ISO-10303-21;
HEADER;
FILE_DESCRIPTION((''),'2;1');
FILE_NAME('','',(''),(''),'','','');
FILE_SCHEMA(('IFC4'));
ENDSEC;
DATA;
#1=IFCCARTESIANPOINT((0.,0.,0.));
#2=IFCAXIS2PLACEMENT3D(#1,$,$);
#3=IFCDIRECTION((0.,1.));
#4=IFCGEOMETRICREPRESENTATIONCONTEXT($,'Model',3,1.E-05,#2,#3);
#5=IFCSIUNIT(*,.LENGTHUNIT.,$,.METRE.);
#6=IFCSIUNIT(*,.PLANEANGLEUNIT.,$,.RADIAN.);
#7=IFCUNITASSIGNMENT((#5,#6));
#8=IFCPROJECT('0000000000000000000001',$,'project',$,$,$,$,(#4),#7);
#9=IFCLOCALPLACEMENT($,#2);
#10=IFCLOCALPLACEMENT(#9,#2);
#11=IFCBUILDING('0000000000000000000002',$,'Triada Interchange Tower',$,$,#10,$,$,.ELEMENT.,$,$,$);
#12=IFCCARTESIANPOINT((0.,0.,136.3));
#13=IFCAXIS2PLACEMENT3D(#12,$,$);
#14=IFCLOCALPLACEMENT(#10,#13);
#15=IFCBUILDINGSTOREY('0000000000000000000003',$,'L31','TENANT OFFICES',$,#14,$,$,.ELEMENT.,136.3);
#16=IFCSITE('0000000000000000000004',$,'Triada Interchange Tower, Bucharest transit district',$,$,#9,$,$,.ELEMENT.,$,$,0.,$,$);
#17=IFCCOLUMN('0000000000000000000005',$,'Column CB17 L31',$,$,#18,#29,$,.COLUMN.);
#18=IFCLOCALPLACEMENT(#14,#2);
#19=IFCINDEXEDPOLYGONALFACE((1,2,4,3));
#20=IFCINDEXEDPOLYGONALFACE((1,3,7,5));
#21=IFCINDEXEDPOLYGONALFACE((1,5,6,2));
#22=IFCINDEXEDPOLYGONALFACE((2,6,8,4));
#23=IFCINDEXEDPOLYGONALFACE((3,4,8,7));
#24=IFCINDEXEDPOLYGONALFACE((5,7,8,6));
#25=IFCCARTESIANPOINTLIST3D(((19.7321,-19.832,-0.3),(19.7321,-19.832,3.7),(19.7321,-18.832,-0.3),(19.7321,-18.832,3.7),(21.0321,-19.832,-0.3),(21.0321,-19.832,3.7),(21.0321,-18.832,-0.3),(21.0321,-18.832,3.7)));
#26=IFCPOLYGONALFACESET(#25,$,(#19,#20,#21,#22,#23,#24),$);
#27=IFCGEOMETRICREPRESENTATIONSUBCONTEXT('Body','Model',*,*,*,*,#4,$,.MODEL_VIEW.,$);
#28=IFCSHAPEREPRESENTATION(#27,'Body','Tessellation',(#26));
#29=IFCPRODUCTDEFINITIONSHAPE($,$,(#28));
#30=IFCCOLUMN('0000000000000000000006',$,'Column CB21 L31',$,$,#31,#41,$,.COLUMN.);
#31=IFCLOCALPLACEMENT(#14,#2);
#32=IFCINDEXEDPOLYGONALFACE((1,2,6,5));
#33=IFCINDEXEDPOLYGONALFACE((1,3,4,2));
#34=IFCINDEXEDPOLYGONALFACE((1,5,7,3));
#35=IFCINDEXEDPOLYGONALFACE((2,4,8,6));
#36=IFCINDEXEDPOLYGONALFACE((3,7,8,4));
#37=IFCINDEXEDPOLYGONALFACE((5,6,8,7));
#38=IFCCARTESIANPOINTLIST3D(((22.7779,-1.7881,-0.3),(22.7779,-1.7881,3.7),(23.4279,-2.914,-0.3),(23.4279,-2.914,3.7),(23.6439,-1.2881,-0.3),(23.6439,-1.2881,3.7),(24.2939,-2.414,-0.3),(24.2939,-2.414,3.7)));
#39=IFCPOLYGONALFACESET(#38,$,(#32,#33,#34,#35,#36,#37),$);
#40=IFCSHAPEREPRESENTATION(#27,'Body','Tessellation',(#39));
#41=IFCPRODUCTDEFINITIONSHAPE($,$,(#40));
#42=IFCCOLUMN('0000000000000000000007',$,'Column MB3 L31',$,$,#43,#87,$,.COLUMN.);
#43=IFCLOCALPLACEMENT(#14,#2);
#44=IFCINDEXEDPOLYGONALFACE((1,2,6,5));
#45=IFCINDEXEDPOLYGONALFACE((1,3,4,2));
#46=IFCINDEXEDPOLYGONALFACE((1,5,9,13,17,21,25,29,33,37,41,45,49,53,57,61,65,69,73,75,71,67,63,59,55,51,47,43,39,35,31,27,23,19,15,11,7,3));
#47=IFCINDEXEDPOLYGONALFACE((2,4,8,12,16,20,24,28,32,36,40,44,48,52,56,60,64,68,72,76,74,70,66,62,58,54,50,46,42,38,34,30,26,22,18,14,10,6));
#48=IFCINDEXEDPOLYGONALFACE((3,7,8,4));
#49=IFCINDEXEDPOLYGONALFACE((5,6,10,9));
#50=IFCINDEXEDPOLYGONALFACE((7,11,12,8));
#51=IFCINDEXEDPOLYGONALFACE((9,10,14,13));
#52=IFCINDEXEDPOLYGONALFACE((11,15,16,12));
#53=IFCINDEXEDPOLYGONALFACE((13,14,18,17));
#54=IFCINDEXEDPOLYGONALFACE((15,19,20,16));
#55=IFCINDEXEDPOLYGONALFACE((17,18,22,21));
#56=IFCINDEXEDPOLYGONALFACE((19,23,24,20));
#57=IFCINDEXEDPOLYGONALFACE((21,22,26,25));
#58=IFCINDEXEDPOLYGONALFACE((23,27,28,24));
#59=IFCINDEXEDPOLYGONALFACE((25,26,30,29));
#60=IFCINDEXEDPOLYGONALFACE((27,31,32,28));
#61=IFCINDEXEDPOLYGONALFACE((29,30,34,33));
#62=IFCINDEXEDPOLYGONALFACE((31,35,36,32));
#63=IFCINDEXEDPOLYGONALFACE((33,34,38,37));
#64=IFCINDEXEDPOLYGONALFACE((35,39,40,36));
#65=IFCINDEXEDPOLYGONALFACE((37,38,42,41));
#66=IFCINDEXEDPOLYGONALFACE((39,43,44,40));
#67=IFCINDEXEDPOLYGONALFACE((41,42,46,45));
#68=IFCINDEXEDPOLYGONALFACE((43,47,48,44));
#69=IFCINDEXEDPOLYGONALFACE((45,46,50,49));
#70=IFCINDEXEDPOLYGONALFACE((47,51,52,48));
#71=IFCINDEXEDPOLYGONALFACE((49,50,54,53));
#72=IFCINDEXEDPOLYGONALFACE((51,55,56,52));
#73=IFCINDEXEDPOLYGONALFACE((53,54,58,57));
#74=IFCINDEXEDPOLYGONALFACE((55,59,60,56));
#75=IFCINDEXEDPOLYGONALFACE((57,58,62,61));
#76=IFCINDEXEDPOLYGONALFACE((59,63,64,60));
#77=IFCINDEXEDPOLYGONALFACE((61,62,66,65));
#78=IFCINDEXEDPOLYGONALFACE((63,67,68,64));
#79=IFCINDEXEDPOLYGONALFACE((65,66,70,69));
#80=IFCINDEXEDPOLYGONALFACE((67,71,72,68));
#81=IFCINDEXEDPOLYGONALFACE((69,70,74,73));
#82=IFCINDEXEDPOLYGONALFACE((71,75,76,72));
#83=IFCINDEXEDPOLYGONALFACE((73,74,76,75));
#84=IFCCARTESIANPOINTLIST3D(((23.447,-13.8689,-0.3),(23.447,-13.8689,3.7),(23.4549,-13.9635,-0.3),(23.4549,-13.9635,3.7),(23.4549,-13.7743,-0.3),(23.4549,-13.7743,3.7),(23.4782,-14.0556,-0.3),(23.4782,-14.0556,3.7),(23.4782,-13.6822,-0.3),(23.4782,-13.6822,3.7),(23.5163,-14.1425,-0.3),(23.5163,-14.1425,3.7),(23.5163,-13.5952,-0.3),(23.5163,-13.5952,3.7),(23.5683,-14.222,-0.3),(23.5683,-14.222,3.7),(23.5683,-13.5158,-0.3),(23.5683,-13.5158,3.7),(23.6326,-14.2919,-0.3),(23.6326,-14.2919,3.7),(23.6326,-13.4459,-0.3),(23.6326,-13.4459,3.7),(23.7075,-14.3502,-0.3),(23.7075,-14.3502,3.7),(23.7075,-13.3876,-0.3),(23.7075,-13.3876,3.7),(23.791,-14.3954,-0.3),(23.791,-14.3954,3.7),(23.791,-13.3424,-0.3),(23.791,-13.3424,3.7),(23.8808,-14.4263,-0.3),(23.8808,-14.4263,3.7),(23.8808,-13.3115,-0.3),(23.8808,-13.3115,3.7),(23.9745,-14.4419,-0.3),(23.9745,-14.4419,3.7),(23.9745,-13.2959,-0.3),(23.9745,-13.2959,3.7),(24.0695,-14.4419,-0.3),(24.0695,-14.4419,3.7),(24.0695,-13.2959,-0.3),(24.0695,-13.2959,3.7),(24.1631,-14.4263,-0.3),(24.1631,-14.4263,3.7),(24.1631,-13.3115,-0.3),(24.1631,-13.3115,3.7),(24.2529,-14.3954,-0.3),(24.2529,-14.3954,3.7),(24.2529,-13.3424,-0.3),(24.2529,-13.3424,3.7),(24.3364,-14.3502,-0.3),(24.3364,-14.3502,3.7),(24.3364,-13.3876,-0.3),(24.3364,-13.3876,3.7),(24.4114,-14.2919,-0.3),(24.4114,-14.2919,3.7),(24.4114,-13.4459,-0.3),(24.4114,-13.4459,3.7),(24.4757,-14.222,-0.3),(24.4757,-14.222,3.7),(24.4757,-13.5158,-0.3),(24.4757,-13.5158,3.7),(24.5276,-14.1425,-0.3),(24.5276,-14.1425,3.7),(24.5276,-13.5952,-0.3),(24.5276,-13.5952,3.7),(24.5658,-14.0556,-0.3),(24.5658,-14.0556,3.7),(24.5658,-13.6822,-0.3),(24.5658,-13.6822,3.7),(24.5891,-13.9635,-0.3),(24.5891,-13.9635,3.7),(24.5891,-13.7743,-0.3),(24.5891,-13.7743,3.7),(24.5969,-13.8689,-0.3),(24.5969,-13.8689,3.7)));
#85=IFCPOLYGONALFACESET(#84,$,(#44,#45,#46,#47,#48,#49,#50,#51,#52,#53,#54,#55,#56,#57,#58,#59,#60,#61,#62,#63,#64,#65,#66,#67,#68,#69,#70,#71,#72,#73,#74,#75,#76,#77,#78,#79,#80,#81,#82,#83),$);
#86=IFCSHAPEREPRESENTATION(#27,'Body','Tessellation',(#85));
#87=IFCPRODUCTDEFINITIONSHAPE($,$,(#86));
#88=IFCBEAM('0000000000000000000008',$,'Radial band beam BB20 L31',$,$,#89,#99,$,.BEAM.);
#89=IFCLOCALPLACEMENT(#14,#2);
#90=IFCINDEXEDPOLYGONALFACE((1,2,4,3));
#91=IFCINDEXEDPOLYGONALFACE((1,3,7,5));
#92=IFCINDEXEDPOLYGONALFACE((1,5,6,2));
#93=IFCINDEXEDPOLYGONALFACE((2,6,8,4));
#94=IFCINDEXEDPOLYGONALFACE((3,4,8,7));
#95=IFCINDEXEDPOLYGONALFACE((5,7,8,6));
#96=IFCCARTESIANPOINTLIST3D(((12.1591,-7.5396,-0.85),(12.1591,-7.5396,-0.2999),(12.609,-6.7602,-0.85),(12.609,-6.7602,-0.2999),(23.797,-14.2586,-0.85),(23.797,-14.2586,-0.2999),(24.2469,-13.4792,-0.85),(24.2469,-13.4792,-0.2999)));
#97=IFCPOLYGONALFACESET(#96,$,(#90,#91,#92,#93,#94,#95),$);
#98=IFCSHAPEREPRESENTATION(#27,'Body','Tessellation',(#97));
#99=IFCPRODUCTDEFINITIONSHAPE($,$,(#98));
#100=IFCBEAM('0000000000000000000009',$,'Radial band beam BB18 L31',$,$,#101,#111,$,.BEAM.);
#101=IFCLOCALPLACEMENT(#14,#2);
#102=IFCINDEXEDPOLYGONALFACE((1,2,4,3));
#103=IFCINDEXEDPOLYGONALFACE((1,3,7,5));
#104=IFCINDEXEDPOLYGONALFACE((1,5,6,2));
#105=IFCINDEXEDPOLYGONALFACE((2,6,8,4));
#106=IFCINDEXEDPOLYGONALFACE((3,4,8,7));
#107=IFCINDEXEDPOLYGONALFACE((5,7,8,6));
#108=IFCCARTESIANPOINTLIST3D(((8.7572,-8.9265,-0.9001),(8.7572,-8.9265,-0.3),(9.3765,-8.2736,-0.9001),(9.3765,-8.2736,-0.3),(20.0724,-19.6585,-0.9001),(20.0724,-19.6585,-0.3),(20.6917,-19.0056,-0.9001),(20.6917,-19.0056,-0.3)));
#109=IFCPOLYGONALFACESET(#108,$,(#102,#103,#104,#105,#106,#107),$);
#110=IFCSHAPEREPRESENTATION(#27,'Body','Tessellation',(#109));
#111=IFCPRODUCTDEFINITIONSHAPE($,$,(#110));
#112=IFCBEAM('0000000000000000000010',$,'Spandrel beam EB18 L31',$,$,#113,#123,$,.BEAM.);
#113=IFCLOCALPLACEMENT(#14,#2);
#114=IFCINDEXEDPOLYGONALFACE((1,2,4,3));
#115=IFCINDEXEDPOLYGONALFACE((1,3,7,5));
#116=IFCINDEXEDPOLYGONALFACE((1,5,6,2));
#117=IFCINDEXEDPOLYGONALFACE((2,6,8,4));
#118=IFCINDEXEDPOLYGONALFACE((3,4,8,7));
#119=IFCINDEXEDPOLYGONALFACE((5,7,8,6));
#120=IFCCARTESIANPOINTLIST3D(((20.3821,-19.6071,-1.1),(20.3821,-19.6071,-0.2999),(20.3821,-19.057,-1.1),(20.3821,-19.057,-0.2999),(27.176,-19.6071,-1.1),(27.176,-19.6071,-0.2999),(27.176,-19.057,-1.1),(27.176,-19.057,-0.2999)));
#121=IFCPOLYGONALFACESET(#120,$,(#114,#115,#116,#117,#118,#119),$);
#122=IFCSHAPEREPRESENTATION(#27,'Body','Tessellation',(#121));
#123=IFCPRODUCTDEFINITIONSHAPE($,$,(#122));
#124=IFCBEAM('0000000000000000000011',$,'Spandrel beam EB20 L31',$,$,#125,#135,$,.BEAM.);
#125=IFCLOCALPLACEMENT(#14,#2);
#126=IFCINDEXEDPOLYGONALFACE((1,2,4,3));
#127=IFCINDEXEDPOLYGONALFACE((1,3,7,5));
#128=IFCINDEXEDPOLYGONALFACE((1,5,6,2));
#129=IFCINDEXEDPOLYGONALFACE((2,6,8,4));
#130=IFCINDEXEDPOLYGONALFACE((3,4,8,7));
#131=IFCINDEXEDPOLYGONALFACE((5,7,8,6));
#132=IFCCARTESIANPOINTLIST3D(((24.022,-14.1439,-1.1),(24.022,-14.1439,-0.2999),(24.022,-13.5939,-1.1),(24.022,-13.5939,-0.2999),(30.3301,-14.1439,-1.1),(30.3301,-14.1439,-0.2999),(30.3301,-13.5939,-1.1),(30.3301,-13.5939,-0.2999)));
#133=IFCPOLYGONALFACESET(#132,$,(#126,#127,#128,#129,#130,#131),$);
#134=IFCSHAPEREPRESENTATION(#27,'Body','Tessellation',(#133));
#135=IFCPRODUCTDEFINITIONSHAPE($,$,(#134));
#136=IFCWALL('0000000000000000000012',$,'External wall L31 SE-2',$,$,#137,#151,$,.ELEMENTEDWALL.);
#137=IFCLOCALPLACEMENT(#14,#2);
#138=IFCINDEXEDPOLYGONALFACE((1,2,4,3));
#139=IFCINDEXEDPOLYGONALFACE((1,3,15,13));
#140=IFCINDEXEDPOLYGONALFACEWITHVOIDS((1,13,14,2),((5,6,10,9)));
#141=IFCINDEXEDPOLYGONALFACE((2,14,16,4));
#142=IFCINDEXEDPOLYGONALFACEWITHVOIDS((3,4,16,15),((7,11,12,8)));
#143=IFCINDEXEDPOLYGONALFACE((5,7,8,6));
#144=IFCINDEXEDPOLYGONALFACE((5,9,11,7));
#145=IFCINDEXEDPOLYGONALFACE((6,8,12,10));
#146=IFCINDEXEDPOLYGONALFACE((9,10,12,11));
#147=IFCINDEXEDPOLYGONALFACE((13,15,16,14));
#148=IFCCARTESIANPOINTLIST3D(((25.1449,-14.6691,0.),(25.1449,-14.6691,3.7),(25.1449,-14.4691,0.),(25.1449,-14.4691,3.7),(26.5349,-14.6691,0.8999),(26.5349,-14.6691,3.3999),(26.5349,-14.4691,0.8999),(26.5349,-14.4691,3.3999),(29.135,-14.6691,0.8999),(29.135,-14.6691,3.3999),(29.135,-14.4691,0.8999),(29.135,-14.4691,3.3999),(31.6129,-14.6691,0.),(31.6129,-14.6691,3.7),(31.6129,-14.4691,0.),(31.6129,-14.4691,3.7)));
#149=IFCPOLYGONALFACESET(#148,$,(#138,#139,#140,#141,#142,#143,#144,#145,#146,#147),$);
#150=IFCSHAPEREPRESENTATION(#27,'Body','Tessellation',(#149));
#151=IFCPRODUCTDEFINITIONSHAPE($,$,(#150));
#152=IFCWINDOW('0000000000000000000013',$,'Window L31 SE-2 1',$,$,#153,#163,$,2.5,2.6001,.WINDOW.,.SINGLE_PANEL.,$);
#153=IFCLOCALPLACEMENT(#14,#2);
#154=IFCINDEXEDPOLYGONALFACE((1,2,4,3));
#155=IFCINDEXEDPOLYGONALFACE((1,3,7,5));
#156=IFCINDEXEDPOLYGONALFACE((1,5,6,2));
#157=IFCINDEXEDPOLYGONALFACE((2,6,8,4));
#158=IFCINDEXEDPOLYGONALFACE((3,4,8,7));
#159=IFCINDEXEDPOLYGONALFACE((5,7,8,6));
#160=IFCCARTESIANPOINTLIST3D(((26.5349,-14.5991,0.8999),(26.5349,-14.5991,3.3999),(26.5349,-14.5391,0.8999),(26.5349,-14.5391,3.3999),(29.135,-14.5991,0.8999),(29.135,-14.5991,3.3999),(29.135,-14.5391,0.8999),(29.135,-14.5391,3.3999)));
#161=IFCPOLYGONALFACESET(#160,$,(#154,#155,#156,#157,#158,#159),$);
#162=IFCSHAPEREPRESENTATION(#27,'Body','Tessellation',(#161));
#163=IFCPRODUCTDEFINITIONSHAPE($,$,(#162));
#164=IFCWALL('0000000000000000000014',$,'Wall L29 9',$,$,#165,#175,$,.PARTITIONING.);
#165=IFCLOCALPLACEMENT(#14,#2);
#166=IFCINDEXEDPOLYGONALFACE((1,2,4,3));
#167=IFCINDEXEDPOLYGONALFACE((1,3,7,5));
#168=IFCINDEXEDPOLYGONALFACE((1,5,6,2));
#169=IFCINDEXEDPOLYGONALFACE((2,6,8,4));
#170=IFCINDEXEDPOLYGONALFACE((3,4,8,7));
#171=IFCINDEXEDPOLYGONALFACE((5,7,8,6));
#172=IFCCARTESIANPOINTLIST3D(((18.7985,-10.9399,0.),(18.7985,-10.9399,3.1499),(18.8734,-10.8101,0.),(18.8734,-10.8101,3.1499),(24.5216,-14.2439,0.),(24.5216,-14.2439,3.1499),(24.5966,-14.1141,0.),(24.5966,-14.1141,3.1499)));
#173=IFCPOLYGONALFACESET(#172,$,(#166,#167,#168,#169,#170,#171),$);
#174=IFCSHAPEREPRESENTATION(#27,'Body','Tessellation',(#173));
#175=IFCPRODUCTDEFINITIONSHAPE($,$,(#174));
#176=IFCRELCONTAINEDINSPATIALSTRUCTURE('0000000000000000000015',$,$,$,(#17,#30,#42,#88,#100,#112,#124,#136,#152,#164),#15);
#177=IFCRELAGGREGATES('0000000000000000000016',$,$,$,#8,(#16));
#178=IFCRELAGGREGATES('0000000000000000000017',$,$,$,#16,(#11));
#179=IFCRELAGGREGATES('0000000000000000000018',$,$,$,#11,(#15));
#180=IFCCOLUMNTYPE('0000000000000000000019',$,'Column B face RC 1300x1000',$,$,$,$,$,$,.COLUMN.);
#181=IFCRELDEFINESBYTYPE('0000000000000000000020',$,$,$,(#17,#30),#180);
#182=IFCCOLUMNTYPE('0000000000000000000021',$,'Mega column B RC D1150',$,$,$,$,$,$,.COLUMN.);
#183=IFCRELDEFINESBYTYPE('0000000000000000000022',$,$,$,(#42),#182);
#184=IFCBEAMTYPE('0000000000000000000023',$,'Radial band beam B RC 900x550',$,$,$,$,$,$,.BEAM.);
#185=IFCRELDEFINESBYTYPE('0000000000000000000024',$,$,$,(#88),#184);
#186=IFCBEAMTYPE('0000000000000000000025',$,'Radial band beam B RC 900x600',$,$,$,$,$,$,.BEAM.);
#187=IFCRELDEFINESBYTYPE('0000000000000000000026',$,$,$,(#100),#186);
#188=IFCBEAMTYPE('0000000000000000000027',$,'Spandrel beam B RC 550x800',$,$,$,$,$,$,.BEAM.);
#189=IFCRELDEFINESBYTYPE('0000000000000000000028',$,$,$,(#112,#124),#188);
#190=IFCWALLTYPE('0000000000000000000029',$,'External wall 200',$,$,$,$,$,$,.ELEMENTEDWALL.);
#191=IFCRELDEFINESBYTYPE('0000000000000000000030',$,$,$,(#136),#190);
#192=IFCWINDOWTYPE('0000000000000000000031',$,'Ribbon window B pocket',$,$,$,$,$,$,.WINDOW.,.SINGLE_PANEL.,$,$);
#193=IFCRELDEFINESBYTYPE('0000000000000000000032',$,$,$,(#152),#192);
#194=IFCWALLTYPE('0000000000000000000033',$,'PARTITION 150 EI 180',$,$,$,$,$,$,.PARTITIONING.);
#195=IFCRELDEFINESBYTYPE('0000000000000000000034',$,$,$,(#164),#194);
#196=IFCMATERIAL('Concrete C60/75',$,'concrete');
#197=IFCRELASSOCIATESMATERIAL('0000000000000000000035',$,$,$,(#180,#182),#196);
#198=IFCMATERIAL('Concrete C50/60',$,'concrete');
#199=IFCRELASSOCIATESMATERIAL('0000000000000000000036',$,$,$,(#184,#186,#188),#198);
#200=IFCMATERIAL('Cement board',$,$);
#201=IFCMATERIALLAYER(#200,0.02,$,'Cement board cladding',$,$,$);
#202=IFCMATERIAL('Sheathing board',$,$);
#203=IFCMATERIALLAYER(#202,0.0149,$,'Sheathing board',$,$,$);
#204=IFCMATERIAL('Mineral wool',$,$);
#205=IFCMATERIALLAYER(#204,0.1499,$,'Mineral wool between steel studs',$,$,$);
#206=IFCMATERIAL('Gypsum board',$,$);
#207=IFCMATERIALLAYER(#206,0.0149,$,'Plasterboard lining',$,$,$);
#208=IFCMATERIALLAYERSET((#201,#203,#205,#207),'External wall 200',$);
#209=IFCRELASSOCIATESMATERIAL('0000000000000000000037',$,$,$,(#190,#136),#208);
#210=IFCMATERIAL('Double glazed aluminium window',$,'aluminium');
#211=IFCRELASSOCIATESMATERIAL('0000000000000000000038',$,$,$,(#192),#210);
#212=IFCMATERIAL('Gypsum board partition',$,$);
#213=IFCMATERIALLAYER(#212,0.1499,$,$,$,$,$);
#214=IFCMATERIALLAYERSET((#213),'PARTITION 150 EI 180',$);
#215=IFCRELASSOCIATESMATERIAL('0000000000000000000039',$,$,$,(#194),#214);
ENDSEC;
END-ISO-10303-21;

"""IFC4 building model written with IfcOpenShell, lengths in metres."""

from ifc_helpers import new_model, si_unit, direction, frame, frame_2d, origin, origin_2d, place, context, subcontext, project, spatial, rectangle, circle, extrude, material, layer, layer_set, layer_usage, material_profile, profile_set, type_object, element, fill, save


model = new_model("IFC4")

# Units and contexts
model_context = context("Model", 3, precision=1e-05, world=origin(), true_north=direction((0.0, 1.0)))
body_context = subcontext(model_context, "Body", "Model", "MODEL_VIEW")
ifc_project = project(units=[si_unit("LENGTHUNIT", "METRE"), si_unit("PLANEANGLEUNIT", "RADIAN")], contexts=[model_context])

# Site, building, storey
site_placement = place(None, origin())
site = spatial("IfcSite", under=ifc_project, at=site_placement, Name="Triada Interchange Tower, Bucharest transit district", CompositionType="ELEMENT", RefElevation=0.0)
building_placement = place(site_placement, origin())
building = spatial("IfcBuilding", under=site, at=building_placement, Name="Triada Interchange Tower", CompositionType="ELEMENT")
storey_placement = place(building_placement, frame((0.0, 0.0, 136.3)))
storey = spatial("IfcBuildingStorey", under=building, at=storey_placement, Name="L31", Description="TENANT OFFICES", CompositionType="ELEMENT", Elevation=136.3)

# Columns
ifc_material_1 = material(Name="Concrete C60/75", Category="concrete")
ifc_material_profile_1 = material_profile(ifc_material_1, rectangle(XDim=1.3, YDim=1.0, at=origin_2d()), Name="RC 1300x1000")
ifc_profile_set_1 = profile_set([ifc_material_profile_1], Name="Concrete C60/75")
column_type_1 = type_object("IfcColumnType", Name="Column B face RC 1300x1000", PredefinedType="COLUMN", material=ifc_profile_set_1)
for number, where, z_axis, x_axis, name in (
    (1, (20.3821, -19.332, -0.3), (0.0, 0.0, 1.0), (1.0, 0.0, 0.0), "Column CB17 L31"),
    (2, (23.5359, -2.1011, -0.3), (0.0, 0.0, 1.0), (-0.5, 0.866025, 0.0), "Column CB21 L31"),
):
    element("IfcColumn", number, at=place(storey_placement, frame(where, z_axis=z_axis, x_axis=x_axis)), inside=storey, type_object=column_type_1, Name=name, PredefinedType="COLUMN", context=body_context, shape_type="SweptSolid", body=[
        extrude(rectangle(XDim=1.3, YDim=1.0, at=origin_2d()), origin(), (0.0, 0.0, 1.0), 4.0),
    ])
ifc_material_profile_2 = material_profile(ifc_material_1, circle(Radius=0.575, at=origin_2d()), Name="RC D1150")
ifc_profile_set_2 = profile_set([ifc_material_profile_2], Name="Concrete C60/75")
column_type_2 = type_object("IfcColumnType", Name="Mega column B RC D1150", PredefinedType="COLUMN", material=ifc_profile_set_2)
column_placement = place(storey_placement, frame((24.022, -13.8689, -0.3), z_axis=(0.0, 0.0, 1.0), x_axis=(1.0, 0.0, 0.0)))
element("IfcColumn", 3, at=column_placement, inside=storey, type_object=column_type_2, Name="Column MB3 L31", PredefinedType="COLUMN", context=body_context, shape_type="SweptSolid", body=[
    extrude(circle(Radius=0.575, at=origin_2d()), origin(), (0.0, 0.0, 1.0), 4.0),
])

# Beams
ifc_material_2 = material(Name="Concrete C50/60", Category="concrete")
ifc_material_profile_3 = material_profile(ifc_material_2, rectangle(XDim=0.8999, YDim=0.55, at=origin_2d()), Name="RC 900x550")
ifc_profile_set_3 = profile_set([ifc_material_profile_3], Name="Concrete C50/60")
beam_type_1 = type_object("IfcBeamType", Name="Radial band beam B RC 900x550", PredefinedType="BEAM", material=ifc_profile_set_3)
beam_1_placement = place(storey_placement, frame((24.022, -13.8689, -0.575), z_axis=(-0.866031, 0.49999, 0.0), x_axis=(-0.49999, -0.866031, 0.0)))
element("IfcBeam", 4, at=beam_1_placement, inside=storey, type_object=beam_type_1, Name="Radial band beam BB20 L31", PredefinedType="BEAM", context=body_context, shape_type="SweptSolid", body=[
    extrude(rectangle(XDim=0.8999, YDim=0.55, at=origin_2d()), origin(), (0.0, 0.0, 1.0), 13.4382),
])
ifc_material_profile_4 = material_profile(ifc_material_2, rectangle(XDim=0.8999, YDim=0.6001, at=origin_2d()), Name="RC 900x600")
ifc_profile_set_4 = profile_set([ifc_material_profile_4], Name="Concrete C50/60")
beam_type_2 = type_object("IfcBeamType", Name="Radial band beam B RC 900x600", PredefinedType="BEAM", material=ifc_profile_set_4)
beam_2_placement = place(storey_placement, frame((20.3821, -19.332, -0.6001), z_axis=(-0.725559, 0.68816, 0.0), x_axis=(-0.68816, -0.725559, 0.0)))
element("IfcBeam", 5, at=beam_2_placement, inside=storey, type_object=beam_type_2, Name="Radial band beam BB18 L31", PredefinedType="BEAM", context=body_context, shape_type="SweptSolid", body=[
    extrude(rectangle(XDim=0.8999, YDim=0.6001, at=origin_2d()), origin(), (0.0, 0.0, 1.0), 15.5952),
])
ifc_material_profile_5 = material_profile(ifc_material_2, rectangle(XDim=0.55, YDim=0.8, at=origin_2d()), Name="RC 550x800")
ifc_profile_set_5 = profile_set([ifc_material_profile_5], Name="Concrete C50/60")
beam_type_3 = type_object("IfcBeamType", Name="Spandrel beam B RC 550x800", PredefinedType="BEAM", material=ifc_profile_set_5)
beam_3_placement = place(storey_placement, frame((20.3821, -19.332, -0.7), z_axis=(1.0, 0.0, 0.0), x_axis=(0.0, 1.0, 0.0)))
element("IfcBeam", 6, at=beam_3_placement, inside=storey, type_object=beam_type_3, Name="Spandrel beam EB18 L31", PredefinedType="BEAM", context=body_context, shape_type="SweptSolid", body=[
    extrude(rectangle(XDim=0.55, YDim=0.8, at=origin_2d()), origin(), (0.0, 0.0, 1.0), 6.7939),
])
beam_4_placement = place(storey_placement, frame((24.022, -13.8689, -0.7), z_axis=(1.0, 0.0, 0.0), x_axis=(0.0, 1.0, 0.0)))
element("IfcBeam", 7, at=beam_4_placement, inside=storey, type_object=beam_type_3, Name="Spandrel beam EB20 L31", PredefinedType="BEAM", context=body_context, shape_type="SweptSolid", body=[
    extrude(rectangle(XDim=0.55, YDim=0.8, at=origin_2d()), origin(), (0.0, 0.0, 1.0), 6.3081),
])

# Wall, opening, window
ifc_material_3 = material(Name="Cement board")
ifc_layer_1 = layer(ifc_material_3, 0.02, Name="Cement board cladding")
ifc_material_4 = material(Name="Sheathing board")
ifc_layer_2 = layer(ifc_material_4, 0.0149, Name="Sheathing board")
ifc_material_5 = material(Name="Mineral wool")
ifc_layer_3 = layer(ifc_material_5, 0.1499, Name="Mineral wool between steel studs")
ifc_material_6 = material(Name="Gypsum board")
ifc_layer_4 = layer(ifc_material_6, 0.0149, Name="Plasterboard lining")
ifc_layer_set_1 = layer_set([ifc_layer_1, ifc_layer_2, ifc_layer_3, ifc_layer_4], Name="External wall 200")
ifc_layer_usage = layer_usage(ifc_layer_set_1, "AXIS2", "POSITIVE", -0.1001)
wall_type_1 = type_object("IfcWallType", Name="External wall 200", PredefinedType="ELEMENTEDWALL", material=ifc_layer_set_1)
wall_1_placement = place(storey_placement, frame((25.145, -14.5691, 0.0), z_axis=(0.0, 0.0, 1.0), x_axis=(1.0, 0.0, 0.0)))
wall_1 = element("IfcWall", 8, at=wall_1_placement, inside=storey, type_object=wall_type_1, material=ifc_layer_usage, Name="External wall L31 SE-2", PredefinedType="ELEMENTEDWALL", context=body_context, shape_type="SweptSolid", body=[
    extrude(rectangle(XDim=6.468, YDim=0.2, at=frame_2d((3.2339, 0.0))), origin(), (0.0, 0.0, 1.0), 3.7),
])
opening_1_placement = place(wall_1_placement, frame((1.3899, 0.0, 0.8999)))
opening_1 = element("IfcOpeningElement", 9, at=opening_1_placement, cuts=wall_1, PredefinedType="OPENING", context=body_context, shape_type="SweptSolid", body=[
    extrude(rectangle(XDim=2.6001, YDim=2.5, at=frame_2d((1.3, 1.25))), frame((0.0, 0.1099, 0.0), z_axis=(0.0, -1.0, 0.0), x_axis=(1.0, 0.0, 0.0)), (0.0, 0.0, 1.0), 0.22),
])
ifc_material_7 = material(Name="Double glazed aluminium window", Category="aluminium")
window_type = type_object("IfcWindowType", Name="Ribbon window B pocket", PartitioningType="SINGLE_PANEL", PredefinedType="WINDOW", material=ifc_material_7)
window_placement = place(opening_1_placement, origin())
window = element("IfcWindow", 10, at=window_placement, inside=storey, type_object=window_type, Name="Window L31 SE-2 1", OverallHeight=2.5, OverallWidth=2.6001, PartitioningType="SINGLE_PANEL", PredefinedType="WINDOW", context=body_context, shape_type="SweptSolid", body=[
    extrude(rectangle(XDim=2.6001, YDim=2.5, at=frame_2d((1.3, 1.25))), frame((0.0, 0.03, 0.0), z_axis=(0.0, -1.0, 0.0), x_axis=(1.0, 0.0, 0.0)), (0.0, 0.0, 1.0), 0.0601),
])
fill(opening_1, window)

# Wall
ifc_material_8 = material(Name="Gypsum board partition")
ifc_layer_5 = layer(ifc_material_8, 0.1499)
ifc_layer_set_2 = layer_set([ifc_layer_5], Name="PARTITION 150 EI 180")
wall_type_2 = type_object("IfcWallType", Name="PARTITION 150 EI 180", PredefinedType="PARTITIONING", material=ifc_layer_set_2)
wall_2_placement = place(storey_placement, frame((18.8359, -10.875, 0.0), z_axis=(0.0, 0.0, 1.0), x_axis=(0.866045, -0.499966, 0.0)))
element("IfcWall", 11, at=wall_2_placement, inside=storey, type_object=wall_type_2, Name="Wall L29 9", PredefinedType="PARTITIONING", context=body_context, shape_type="SweptSolid", body=[
    extrude(rectangle(XDim=6.6084, YDim=0.1499, at=frame_2d((3.3042, 0.0))), origin(), (0.0, 0.0, 1.0), 3.1499),
])

save(model, "model.ifc")
